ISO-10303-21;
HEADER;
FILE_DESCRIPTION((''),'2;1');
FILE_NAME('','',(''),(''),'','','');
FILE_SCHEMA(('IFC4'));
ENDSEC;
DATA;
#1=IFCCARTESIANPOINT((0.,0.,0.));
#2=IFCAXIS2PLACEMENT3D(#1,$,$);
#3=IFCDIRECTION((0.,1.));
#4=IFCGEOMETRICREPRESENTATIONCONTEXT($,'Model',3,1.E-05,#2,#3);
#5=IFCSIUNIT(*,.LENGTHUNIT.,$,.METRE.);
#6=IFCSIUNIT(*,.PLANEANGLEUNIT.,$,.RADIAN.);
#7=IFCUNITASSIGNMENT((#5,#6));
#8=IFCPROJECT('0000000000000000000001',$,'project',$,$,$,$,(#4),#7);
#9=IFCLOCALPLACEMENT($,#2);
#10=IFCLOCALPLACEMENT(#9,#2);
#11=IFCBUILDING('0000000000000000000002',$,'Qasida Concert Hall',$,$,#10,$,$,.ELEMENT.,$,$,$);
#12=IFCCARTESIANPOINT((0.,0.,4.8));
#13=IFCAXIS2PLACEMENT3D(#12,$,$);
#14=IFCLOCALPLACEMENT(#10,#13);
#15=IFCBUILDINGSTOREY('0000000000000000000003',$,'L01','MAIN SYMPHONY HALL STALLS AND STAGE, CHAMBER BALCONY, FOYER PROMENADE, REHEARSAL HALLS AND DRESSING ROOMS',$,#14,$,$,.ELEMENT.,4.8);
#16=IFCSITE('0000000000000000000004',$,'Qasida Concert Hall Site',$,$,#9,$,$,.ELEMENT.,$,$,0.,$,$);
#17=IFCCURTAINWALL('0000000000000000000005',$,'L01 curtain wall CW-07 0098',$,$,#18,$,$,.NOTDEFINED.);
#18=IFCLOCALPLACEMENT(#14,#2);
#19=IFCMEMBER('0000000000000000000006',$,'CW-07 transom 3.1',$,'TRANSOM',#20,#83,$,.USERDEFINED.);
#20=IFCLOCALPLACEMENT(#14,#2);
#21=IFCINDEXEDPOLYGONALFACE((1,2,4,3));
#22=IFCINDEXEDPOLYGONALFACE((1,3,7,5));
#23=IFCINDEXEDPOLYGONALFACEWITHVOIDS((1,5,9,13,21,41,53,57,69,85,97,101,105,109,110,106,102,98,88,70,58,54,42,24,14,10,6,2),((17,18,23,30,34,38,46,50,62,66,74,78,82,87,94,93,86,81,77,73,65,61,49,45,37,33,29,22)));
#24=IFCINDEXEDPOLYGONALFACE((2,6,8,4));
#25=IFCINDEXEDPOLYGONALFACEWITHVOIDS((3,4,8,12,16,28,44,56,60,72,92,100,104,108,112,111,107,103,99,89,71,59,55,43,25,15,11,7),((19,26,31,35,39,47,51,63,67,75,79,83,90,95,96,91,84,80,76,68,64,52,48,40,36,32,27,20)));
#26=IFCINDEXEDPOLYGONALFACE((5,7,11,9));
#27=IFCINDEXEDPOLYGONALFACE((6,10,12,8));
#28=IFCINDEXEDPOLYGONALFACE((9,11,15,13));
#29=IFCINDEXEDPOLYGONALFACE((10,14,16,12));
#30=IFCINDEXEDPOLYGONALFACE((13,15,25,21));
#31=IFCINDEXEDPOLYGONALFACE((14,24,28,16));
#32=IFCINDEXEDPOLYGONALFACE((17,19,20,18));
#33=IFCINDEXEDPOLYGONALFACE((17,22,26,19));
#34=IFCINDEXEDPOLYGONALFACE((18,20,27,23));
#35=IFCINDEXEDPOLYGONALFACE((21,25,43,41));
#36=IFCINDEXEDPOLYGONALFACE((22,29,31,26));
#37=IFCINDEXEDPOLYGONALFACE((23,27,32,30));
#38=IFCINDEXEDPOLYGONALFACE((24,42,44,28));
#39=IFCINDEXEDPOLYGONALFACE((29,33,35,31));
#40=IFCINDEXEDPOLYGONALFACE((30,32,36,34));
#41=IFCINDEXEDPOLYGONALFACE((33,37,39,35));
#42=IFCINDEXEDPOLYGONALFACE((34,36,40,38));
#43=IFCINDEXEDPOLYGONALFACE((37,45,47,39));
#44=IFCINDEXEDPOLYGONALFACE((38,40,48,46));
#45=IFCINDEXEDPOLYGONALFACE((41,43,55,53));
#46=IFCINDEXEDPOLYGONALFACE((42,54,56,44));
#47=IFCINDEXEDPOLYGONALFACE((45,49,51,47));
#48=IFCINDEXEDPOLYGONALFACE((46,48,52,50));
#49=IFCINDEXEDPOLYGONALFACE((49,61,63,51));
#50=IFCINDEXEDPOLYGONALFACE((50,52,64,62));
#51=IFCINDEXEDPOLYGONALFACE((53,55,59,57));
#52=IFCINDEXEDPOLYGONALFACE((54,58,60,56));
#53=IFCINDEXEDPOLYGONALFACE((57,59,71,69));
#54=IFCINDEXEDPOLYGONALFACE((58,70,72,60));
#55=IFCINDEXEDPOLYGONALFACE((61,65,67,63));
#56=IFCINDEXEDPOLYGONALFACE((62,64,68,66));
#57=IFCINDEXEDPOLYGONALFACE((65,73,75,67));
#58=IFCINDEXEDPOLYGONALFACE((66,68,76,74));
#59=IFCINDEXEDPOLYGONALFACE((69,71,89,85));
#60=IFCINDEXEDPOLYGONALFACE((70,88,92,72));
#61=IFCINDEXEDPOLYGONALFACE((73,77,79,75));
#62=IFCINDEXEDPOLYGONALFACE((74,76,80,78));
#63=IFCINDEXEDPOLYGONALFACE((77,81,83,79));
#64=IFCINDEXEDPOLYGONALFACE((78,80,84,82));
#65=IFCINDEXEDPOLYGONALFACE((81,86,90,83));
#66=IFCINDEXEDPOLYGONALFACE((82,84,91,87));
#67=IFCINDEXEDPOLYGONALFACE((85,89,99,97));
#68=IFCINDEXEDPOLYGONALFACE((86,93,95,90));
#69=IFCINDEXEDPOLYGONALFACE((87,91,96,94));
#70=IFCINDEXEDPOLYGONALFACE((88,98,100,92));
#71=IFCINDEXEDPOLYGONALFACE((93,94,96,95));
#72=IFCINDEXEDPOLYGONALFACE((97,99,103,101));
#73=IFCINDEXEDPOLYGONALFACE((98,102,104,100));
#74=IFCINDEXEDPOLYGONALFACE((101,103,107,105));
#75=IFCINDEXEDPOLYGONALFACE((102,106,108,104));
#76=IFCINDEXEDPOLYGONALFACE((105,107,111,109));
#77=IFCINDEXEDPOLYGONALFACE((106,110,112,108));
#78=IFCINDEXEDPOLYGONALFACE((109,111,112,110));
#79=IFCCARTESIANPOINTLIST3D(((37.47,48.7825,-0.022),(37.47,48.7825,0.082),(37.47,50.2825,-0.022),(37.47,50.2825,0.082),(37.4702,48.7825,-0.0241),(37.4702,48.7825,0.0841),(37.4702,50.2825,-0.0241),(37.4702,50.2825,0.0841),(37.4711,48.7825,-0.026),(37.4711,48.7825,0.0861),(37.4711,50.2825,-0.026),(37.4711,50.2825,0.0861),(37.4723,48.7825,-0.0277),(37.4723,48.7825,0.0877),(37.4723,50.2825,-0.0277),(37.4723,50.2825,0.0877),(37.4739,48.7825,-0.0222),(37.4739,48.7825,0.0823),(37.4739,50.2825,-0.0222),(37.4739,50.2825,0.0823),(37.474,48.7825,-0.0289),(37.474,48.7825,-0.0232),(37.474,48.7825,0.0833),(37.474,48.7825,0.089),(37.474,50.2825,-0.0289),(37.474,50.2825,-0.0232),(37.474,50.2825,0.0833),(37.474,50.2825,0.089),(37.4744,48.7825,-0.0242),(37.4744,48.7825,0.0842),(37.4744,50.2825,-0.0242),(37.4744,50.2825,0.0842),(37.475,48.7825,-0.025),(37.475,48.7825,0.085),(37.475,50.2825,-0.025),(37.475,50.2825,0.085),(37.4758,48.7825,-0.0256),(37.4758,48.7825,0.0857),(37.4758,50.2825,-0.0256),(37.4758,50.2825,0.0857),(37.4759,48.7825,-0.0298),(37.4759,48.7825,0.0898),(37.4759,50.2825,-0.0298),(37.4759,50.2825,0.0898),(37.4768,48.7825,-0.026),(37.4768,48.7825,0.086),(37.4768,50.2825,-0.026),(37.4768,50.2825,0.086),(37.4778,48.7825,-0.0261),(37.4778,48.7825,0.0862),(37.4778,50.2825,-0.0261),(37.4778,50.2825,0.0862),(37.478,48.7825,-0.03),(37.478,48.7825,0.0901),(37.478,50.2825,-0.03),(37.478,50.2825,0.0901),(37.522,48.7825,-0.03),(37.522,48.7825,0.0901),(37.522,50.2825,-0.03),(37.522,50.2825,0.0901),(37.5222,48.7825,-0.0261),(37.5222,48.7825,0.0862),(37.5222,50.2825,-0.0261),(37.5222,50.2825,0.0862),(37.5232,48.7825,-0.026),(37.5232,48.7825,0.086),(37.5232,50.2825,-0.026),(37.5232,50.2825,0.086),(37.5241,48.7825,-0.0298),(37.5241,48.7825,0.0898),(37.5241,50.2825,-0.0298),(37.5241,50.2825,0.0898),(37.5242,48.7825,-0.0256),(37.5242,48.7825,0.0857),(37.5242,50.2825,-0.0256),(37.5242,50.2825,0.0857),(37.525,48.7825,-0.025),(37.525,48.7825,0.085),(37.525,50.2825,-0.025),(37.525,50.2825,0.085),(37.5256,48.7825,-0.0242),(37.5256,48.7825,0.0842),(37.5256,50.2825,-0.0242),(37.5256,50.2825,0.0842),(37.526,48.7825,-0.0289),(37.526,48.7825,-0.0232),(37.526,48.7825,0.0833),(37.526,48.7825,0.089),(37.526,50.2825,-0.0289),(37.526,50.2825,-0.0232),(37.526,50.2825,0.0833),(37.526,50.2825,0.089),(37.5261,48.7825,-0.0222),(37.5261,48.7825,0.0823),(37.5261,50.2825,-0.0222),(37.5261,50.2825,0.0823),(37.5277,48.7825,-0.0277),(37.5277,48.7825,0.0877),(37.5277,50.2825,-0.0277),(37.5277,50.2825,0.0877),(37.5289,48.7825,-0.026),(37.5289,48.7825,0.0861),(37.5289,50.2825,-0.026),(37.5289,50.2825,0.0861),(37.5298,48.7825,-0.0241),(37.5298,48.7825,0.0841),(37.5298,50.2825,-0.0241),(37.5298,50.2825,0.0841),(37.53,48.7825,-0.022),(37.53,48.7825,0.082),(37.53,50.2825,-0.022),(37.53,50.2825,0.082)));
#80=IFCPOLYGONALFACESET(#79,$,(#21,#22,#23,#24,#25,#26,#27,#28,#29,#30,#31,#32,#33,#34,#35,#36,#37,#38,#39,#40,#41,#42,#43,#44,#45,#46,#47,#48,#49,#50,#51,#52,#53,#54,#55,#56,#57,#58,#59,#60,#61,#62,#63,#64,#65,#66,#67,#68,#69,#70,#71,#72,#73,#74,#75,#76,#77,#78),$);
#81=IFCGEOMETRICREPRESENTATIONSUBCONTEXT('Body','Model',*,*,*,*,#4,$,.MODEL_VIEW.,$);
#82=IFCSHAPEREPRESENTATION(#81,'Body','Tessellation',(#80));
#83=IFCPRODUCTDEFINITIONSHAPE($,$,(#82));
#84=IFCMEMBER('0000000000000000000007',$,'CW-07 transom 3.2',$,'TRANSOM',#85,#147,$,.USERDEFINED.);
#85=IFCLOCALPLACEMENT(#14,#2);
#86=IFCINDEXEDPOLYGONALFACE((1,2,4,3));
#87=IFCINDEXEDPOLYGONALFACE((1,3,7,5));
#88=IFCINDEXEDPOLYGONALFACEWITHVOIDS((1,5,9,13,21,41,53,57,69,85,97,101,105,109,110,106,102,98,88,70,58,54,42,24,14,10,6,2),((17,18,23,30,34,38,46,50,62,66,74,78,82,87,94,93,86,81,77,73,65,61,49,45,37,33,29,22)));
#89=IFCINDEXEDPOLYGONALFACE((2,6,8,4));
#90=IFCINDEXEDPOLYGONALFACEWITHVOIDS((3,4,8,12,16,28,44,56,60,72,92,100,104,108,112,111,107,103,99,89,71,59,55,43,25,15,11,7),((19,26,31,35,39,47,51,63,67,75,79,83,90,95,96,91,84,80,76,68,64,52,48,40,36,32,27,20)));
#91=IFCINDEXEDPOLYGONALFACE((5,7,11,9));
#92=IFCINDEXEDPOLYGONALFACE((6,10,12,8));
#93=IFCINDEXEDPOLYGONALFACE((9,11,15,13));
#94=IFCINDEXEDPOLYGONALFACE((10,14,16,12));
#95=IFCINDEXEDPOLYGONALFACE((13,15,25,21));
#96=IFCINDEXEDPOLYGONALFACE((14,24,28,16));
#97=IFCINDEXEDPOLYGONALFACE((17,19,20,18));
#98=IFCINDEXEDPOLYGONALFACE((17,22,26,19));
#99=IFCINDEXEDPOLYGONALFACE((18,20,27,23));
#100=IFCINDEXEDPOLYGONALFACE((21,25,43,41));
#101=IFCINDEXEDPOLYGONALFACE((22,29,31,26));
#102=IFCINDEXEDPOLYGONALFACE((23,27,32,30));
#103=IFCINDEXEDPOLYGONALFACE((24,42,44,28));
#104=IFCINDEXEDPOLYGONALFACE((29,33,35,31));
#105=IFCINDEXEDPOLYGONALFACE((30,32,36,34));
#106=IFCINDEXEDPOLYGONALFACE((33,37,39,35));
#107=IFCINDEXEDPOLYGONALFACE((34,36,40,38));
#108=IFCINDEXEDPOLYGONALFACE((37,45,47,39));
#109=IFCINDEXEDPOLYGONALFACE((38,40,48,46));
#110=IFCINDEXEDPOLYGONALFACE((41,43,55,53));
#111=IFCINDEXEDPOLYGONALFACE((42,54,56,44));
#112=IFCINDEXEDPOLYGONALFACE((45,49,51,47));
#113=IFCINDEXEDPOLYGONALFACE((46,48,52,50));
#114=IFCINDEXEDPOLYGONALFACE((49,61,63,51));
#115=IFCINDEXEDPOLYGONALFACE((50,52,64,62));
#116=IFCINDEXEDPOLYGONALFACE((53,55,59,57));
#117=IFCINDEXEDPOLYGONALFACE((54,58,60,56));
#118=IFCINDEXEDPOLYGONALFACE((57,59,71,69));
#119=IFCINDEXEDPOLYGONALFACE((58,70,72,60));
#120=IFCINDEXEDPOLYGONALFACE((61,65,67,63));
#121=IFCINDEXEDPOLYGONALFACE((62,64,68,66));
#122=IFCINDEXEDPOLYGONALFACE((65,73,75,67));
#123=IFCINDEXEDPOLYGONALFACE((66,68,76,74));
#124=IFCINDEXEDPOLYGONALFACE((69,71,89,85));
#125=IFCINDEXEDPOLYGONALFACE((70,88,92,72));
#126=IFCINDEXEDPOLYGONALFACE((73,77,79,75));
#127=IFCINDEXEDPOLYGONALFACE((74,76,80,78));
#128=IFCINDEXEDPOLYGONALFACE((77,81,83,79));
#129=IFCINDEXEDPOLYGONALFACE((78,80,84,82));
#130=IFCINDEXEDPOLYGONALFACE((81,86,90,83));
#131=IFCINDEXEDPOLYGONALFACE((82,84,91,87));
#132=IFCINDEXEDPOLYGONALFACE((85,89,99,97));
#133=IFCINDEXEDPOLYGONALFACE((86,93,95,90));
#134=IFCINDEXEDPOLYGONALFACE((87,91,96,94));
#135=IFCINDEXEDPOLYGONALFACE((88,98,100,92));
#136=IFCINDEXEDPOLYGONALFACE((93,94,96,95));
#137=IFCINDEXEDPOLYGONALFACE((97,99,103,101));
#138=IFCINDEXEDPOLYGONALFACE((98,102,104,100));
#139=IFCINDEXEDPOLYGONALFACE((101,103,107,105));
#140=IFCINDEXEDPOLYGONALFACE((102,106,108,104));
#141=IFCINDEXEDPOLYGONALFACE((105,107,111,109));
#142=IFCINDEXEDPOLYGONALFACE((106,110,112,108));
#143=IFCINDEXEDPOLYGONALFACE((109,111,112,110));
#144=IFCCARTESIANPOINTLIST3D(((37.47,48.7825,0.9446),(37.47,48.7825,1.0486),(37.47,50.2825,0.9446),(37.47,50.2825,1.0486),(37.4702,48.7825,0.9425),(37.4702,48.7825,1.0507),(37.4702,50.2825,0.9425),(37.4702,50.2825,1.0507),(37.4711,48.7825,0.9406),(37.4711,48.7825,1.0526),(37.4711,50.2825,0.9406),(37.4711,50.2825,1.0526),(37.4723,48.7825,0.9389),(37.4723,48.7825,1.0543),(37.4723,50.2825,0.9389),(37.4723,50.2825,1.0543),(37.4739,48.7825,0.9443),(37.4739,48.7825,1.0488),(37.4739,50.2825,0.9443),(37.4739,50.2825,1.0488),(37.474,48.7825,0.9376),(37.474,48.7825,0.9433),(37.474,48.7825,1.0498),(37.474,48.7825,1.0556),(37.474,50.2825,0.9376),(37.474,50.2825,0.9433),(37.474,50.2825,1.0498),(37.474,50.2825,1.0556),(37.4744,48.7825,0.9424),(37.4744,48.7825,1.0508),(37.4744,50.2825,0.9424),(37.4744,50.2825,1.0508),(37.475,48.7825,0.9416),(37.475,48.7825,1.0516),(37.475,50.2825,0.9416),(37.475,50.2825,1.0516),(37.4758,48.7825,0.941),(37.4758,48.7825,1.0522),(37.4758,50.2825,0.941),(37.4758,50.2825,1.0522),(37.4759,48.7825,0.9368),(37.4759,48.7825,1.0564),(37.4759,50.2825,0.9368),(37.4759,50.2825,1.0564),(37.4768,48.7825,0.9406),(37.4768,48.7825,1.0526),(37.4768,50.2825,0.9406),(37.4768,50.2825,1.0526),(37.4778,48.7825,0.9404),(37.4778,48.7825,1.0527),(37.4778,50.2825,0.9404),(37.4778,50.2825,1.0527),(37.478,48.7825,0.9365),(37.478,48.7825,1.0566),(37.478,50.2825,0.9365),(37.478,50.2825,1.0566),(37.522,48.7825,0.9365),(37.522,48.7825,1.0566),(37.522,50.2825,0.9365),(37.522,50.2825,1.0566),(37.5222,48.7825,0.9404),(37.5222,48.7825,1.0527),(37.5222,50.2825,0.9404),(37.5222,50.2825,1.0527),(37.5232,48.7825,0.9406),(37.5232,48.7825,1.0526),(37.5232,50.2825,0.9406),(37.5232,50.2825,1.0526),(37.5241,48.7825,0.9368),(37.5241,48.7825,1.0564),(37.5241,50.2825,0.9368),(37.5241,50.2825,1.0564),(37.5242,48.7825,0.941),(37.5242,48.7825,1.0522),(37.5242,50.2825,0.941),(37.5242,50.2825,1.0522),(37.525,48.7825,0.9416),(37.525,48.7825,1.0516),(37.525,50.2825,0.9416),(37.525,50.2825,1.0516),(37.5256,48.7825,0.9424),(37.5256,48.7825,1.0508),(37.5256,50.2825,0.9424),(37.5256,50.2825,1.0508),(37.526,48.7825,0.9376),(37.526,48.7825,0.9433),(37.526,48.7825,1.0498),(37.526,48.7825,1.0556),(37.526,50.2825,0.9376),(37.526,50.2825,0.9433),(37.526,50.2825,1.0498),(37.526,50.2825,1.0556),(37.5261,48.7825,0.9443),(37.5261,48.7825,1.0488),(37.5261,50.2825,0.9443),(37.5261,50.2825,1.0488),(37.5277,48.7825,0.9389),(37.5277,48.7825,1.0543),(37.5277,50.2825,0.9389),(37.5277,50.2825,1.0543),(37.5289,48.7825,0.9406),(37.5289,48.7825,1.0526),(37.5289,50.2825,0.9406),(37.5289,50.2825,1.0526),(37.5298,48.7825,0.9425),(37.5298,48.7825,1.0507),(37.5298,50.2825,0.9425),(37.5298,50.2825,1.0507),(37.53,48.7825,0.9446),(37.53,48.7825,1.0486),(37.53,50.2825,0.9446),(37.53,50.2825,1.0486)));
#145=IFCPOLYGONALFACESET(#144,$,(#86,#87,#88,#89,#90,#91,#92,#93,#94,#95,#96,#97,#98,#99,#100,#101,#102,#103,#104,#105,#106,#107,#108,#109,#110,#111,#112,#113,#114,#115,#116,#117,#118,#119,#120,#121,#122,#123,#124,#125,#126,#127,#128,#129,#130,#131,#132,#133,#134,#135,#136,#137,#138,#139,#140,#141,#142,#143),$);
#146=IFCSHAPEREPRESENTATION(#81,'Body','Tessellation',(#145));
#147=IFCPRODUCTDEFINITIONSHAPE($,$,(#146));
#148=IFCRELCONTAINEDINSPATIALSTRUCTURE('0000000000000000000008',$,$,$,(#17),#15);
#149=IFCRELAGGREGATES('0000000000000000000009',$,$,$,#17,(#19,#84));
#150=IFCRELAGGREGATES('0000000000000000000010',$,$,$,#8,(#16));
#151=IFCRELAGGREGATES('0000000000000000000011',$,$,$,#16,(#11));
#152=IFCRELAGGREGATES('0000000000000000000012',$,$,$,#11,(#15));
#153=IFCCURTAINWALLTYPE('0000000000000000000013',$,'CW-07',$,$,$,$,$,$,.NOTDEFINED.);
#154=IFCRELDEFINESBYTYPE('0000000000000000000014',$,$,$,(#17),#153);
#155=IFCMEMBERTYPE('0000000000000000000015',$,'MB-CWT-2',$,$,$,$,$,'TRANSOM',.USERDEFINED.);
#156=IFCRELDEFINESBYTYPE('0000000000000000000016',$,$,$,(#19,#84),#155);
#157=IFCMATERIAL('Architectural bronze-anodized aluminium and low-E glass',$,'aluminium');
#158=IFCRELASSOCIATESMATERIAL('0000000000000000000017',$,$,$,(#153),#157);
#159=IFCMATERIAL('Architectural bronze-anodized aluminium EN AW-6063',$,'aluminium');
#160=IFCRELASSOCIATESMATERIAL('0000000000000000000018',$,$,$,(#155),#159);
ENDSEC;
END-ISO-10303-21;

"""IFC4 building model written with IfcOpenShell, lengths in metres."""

from ifc_helpers import new_model, si_unit, direction, frame, origin, origin_2d, place, context, subcontext, project, spatial, hollow_rectangle, extrude, material, material_profile, profile_set, type_object, element, aggregate, save


model = new_model("IFC4")

# Units and contexts
model_context = context("Model", 3, precision=1e-05, world=origin(), true_north=direction((0.0, 1.0)))
body_context = subcontext(model_context, "Body", "Model", "MODEL_VIEW")
ifc_project = project(units=[si_unit("LENGTHUNIT", "METRE"), si_unit("PLANEANGLEUNIT", "RADIAN")], contexts=[model_context])

# Site, building, storey
site_placement = place(None, origin())
site = spatial("IfcSite", under=ifc_project, at=site_placement, Name="Qasida Concert Hall Site", CompositionType="ELEMENT", RefElevation=0.0)
building_placement = place(site_placement, origin())
building = spatial("IfcBuilding", under=site, at=building_placement, Name="Qasida Concert Hall", CompositionType="ELEMENT")
storey_placement = place(building_placement, frame((0.0, 0.0, 4.8)))
storey = spatial("IfcBuildingStorey", under=building, at=storey_placement, Name="L01", Description="MAIN SYMPHONY HALL STALLS AND STAGE, CHAMBER BALCONY, FOYER PROMENADE, REHEARSAL HALLS AND DRESSING ROOMS", CompositionType="ELEMENT", Elevation=4.8)

# Curtain wall, members
ifc_material_1 = material(Name="Architectural bronze-anodized aluminium and low-E glass", Category="aluminium")
curtain_wall_type = type_object("IfcCurtainWallType", Name="CW-07", PredefinedType="NOTDEFINED", material=ifc_material_1)
curtain_wall_placement = place(storey_placement, origin())
curtain_wall = element("IfcCurtainWall", 1, at=curtain_wall_placement, inside=storey, type_object=curtain_wall_type, Name="L01 curtain wall CW-07 0098", PredefinedType="NOTDEFINED")
ifc_material_2 = material(Name="Architectural bronze-anodized aluminium EN AW-6063", Category="aluminium")
ifc_material_profile_1 = material_profile(ifc_material_2, hollow_rectangle(XDim=0.0601, YDim=0.1201, WallThickness=0.0039, InnerFilletRadius=0.0039, OuterFilletRadius=0.0081, at=origin_2d()), Name="CWT 120x60x4")
ifc_profile_set_1 = profile_set([ifc_material_profile_1], Name="Architectural bronze-anodized aluminium EN AW-6063")
member_type_1 = type_object("IfcMemberType", Name="MB-CWT-2", ElementType="TRANSOM", PredefinedType="USERDEFINED", material=ifc_profile_set_1)
member_1_placement = place(storey_placement, frame((37.5, 48.7825, 0.03), z_axis=(0.0, 1.0, 0.0), x_axis=(-1.0, 0.0, 0.0)))
member_1 = element("IfcMember", 2, at=member_1_placement, type_object=member_type_1, Name="CW-07 transom 3.1", ObjectType="TRANSOM", PredefinedType="USERDEFINED", context=body_context, shape_type="SweptSolid", body=[
    extrude(hollow_rectangle(XDim=0.0601, YDim=0.1201, WallThickness=0.0039, InnerFilletRadius=0.0039, OuterFilletRadius=0.0081, at=origin_2d()), origin(), (0.0, 0.0, 1.0), 1.5),
])
member_2_placement = place(storey_placement, frame((37.5, 48.7825, 0.9966), z_axis=(0.0, 1.0, 0.0), x_axis=(-1.0, 0.0, 0.0)))
member_2 = element("IfcMember", 3, at=member_2_placement, type_object=member_type_1, Name="CW-07 transom 3.2", ObjectType="TRANSOM", PredefinedType="USERDEFINED", context=body_context, shape_type="SweptSolid", body=[
    extrude(hollow_rectangle(XDim=0.0601, YDim=0.1201, WallThickness=0.0039, InnerFilletRadius=0.0039, OuterFilletRadius=0.0081, at=origin_2d()), origin(), (0.0, 0.0, 1.0), 1.5),
])
aggregate(curtain_wall, [member_1, member_2])

save(model, "model.ifc")
